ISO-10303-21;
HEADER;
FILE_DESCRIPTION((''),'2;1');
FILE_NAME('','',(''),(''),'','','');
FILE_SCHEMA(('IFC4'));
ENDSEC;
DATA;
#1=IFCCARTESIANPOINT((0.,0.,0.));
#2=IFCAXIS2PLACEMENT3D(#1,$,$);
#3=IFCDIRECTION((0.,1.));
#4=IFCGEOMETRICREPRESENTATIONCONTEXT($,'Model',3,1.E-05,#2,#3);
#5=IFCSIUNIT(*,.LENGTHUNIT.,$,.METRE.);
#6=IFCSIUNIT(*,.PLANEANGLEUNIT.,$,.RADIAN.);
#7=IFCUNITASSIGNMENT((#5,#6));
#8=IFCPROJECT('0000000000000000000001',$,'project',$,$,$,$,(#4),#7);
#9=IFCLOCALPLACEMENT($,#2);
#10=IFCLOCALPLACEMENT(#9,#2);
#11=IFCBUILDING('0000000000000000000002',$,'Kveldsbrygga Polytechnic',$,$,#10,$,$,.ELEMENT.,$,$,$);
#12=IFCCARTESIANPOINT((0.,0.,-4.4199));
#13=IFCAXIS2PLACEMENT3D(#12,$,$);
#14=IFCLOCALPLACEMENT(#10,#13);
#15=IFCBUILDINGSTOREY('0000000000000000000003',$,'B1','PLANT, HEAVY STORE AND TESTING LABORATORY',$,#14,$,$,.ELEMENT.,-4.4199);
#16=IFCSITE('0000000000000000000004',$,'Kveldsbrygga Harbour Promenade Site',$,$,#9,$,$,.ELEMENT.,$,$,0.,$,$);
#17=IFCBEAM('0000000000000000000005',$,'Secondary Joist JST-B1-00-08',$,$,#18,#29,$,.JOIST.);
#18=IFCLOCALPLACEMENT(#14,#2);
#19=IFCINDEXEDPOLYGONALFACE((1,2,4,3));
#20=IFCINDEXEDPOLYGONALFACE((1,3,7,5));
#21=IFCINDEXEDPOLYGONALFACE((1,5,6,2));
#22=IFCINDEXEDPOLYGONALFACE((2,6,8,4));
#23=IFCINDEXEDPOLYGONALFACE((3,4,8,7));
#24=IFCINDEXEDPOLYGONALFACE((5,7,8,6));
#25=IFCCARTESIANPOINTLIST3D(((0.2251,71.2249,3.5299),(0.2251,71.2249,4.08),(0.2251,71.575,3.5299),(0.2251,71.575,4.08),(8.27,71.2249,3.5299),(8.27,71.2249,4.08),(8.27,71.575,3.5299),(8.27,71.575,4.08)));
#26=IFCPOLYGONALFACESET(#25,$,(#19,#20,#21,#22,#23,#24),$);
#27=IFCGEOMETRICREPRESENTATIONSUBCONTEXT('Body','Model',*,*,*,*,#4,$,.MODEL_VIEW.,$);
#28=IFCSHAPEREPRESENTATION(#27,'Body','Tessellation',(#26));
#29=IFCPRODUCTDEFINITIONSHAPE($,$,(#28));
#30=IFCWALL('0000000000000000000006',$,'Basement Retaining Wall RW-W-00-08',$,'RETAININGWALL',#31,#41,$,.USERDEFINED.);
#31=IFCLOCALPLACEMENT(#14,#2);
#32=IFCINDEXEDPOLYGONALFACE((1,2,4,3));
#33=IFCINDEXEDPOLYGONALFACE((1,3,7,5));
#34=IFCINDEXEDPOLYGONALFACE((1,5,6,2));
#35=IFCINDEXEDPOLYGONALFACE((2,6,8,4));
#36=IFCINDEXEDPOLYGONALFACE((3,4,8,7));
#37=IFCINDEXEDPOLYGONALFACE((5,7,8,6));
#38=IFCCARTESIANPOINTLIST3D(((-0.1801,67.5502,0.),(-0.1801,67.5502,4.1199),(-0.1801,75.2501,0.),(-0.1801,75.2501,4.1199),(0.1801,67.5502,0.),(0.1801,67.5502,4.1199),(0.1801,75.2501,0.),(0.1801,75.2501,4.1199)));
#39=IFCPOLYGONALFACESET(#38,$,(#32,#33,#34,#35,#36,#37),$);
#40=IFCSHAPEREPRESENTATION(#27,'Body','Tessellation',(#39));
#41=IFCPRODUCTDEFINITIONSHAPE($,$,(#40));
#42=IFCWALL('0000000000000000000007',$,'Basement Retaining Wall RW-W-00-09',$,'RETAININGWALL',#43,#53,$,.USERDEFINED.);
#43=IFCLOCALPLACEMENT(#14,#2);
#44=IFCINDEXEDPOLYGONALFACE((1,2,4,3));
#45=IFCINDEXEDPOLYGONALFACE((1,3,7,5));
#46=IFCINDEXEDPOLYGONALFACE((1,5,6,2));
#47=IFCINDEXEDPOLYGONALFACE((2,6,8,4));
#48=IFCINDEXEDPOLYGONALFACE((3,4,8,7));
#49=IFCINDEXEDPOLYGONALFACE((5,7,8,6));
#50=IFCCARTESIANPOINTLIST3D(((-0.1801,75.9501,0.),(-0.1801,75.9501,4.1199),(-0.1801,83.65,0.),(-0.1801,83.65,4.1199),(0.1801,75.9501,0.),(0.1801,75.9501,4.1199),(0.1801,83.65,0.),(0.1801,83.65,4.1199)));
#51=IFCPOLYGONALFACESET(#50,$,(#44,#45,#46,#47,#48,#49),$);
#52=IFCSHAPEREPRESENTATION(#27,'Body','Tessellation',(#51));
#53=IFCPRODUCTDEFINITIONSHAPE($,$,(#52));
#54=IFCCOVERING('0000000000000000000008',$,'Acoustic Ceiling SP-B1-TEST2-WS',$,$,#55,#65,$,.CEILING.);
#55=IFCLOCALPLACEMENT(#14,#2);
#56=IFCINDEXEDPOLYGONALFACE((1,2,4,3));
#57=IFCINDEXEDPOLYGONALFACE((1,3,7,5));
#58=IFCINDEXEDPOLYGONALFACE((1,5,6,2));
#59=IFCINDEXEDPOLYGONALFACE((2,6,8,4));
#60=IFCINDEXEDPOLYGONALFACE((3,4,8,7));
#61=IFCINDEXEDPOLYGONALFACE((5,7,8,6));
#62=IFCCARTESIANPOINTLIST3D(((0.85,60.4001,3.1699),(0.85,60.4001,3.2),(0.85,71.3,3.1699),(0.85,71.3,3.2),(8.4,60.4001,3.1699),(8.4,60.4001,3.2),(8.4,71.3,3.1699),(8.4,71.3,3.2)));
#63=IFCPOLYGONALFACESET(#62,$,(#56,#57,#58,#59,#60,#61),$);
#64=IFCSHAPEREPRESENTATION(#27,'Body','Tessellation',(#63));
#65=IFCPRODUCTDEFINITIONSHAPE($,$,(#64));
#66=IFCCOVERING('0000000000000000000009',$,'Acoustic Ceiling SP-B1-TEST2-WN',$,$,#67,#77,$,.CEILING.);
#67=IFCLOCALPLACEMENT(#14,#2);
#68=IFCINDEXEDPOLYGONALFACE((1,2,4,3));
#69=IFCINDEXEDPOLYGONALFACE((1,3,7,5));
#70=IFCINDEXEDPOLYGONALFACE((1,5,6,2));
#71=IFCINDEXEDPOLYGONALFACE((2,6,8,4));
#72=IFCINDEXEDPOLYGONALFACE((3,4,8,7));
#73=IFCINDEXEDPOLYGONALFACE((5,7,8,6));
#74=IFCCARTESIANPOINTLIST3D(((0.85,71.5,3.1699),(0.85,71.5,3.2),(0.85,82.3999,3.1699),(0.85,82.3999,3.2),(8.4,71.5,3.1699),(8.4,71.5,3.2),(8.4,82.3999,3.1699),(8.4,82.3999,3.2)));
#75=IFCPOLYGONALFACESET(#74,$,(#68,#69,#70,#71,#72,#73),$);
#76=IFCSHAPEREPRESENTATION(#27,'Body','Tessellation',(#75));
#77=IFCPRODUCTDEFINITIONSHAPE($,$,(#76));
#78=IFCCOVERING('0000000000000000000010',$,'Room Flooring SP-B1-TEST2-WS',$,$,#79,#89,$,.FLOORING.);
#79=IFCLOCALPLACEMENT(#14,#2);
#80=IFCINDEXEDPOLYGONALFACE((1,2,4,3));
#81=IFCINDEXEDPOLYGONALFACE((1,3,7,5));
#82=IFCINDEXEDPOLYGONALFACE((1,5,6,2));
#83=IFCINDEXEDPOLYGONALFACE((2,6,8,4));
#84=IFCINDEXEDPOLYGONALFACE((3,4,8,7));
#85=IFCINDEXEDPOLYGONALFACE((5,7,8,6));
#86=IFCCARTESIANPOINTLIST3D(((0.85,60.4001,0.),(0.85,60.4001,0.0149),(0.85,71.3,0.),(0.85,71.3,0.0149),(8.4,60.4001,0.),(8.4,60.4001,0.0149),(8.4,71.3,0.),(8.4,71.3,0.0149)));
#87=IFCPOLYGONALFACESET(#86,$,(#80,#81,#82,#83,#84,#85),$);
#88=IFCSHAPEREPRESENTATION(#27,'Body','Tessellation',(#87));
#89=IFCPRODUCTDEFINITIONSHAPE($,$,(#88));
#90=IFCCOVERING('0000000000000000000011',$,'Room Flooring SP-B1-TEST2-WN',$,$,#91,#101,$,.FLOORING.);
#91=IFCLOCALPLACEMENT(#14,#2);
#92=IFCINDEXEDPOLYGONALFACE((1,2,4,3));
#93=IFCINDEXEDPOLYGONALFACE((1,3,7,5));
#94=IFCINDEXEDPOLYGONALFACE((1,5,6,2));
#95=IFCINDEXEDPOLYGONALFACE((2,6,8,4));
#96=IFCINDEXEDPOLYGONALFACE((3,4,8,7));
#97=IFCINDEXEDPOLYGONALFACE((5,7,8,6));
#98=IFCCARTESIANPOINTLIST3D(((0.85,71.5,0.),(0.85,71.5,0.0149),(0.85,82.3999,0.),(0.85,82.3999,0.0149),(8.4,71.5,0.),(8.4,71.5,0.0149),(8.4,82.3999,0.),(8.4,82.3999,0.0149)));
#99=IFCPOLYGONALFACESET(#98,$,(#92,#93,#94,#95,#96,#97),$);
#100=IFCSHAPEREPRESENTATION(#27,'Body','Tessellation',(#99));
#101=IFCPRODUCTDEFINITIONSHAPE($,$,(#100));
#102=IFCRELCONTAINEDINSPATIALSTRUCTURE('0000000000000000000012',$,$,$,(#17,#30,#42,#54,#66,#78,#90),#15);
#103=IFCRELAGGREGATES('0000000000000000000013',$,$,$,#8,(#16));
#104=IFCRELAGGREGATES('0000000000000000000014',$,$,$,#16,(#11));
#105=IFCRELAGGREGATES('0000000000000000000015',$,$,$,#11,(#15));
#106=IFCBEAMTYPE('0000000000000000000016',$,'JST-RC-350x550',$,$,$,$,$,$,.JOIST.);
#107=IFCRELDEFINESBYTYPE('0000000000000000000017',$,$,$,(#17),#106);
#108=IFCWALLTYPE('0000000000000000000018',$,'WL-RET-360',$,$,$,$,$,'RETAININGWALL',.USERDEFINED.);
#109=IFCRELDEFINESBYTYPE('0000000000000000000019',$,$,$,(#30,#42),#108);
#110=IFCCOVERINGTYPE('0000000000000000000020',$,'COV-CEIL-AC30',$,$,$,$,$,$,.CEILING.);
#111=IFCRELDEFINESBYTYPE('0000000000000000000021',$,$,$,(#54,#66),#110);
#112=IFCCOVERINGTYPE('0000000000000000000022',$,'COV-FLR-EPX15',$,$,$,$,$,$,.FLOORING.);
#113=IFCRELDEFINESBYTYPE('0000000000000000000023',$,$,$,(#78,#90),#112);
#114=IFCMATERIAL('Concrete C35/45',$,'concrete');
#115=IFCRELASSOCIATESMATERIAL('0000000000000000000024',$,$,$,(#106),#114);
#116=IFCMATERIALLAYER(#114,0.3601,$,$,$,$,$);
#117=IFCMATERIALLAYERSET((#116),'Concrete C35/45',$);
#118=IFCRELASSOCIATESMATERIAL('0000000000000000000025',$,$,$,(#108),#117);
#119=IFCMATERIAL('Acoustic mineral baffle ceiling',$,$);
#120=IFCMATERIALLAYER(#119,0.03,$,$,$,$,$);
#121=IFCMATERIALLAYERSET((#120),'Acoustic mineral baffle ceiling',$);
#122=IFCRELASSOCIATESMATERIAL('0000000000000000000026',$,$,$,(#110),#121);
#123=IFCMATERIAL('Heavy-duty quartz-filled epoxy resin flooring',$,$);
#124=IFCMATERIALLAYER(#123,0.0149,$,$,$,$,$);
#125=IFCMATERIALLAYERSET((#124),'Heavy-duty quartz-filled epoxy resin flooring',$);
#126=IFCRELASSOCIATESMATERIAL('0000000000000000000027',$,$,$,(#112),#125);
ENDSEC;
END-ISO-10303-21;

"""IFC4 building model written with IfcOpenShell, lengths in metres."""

from ifc_helpers import new_model, si_unit, direction, frame, frame_2d, origin, origin_2d, place, context, subcontext, project, spatial, rectangle, extrude, material, layer, layer_set, material_profile, profile_set, type_object, element, save


model = new_model("IFC4")

# Units and contexts
model_context = context("Model", 3, precision=1e-05, world=origin(), true_north=direction((0.0, 1.0)))
body_context = subcontext(model_context, "Body", "Model", "MODEL_VIEW")
ifc_project = project(units=[si_unit("LENGTHUNIT", "METRE"), si_unit("PLANEANGLEUNIT", "RADIAN")], contexts=[model_context])

# Site, building, storey
site_placement = place(None, origin())
site = spatial("IfcSite", under=ifc_project, at=site_placement, Name="Kveldsbrygga Harbour Promenade Site", CompositionType="ELEMENT", RefElevation=0.0)
building_placement = place(site_placement, origin())
building = spatial("IfcBuilding", under=site, at=building_placement, Name="Kveldsbrygga Polytechnic", CompositionType="ELEMENT")
storey_placement = place(building_placement, frame((0.0, 0.0, -4.4199)))
storey = spatial("IfcBuildingStorey", under=building, at=storey_placement, Name="B1", Description="PLANT, HEAVY STORE AND TESTING LABORATORY", CompositionType="ELEMENT", Elevation=-4.4199)

# Shared definitions
ifc_material_1 = material(Name="Concrete C35/45", Category="concrete")

# Beam
ifc_material_profile_1 = material_profile(ifc_material_1, rectangle(XDim=0.3501, YDim=0.55, at=origin_2d()), Name="RC 350x550")
ifc_profile_set_1 = profile_set([ifc_material_profile_1], Name="Concrete C35/45")
beam_type_1 = type_object("IfcBeamType", Name="JST-RC-350x550", PredefinedType="JOIST", material=ifc_profile_set_1)
beam_1_placement = place(storey_placement, frame((0.2251, 71.3999, 3.8049), z_axis=(1.0, 0.0, 0.0), x_axis=(0.0, 1.0, 0.0)))
element("IfcBeam", 1, at=beam_1_placement, inside=storey, type_object=beam_type_1, Name="Secondary Joist JST-B1-00-08", PredefinedType="JOIST", context=body_context, shape_type="SweptSolid", body=[
    extrude(rectangle(XDim=0.3501, YDim=0.55, at=origin_2d()), origin(), (0.0, 0.0, 1.0), 8.0449),
])

# Walls
ifc_layer_1 = layer(ifc_material_1, 0.3601)
ifc_layer_set_1 = layer_set([ifc_layer_1], Name="Concrete C35/45")
wall_type = type_object("IfcWallType", Name="WL-RET-360", ElementType="RETAININGWALL", PredefinedType="USERDEFINED", material=ifc_layer_set_1)
for number, where, z_axis, x_axis, name in (
    (2, (0.0, 67.55, 0.0), (0.0, 0.0, 1.0), (0.0, 1.0, 0.0), "Basement Retaining Wall RW-W-00-08"),
    (3, (0.0, 75.95, 0.0), (0.0, 0.0, 1.0), (0.0, 1.0, 0.0), "Basement Retaining Wall RW-W-00-09"),
):
    element("IfcWall", number, at=place(storey_placement, frame(where, z_axis=z_axis, x_axis=x_axis)), inside=storey, type_object=wall_type, Name=name, ObjectType="RETAININGWALL", PredefinedType="USERDEFINED", context=body_context, shape_type="SweptSolid", body=[
        extrude(rectangle(XDim=7.7, YDim=0.3601, at=frame_2d((3.8501, 0.0))), origin(), (0.0, 0.0, 1.0), 4.1199),
    ])

# Coverings
ifc_material_2 = material(Name="Acoustic mineral baffle ceiling")
ifc_layer_2 = layer(ifc_material_2, 0.03)
ifc_layer_set_2 = layer_set([ifc_layer_2], Name="Acoustic mineral baffle ceiling")
covering_type_1 = type_object("IfcCoveringType", Name="COV-CEIL-AC30", PredefinedType="CEILING", material=ifc_layer_set_2)
for number, where, z_axis, x_axis, name in (
    (4, (4.625, 65.8501, 3.1699), (0.0, 0.0, 1.0), (1.0, 0.0, 0.0), "Acoustic Ceiling SP-B1-TEST2-WS"),
    (5, (4.625, 76.95, 3.1699), (0.0, 0.0, 1.0), (1.0, 0.0, 0.0), "Acoustic Ceiling SP-B1-TEST2-WN"),
):
    element("IfcCovering", number, at=place(storey_placement, frame(where, z_axis=z_axis, x_axis=x_axis)), inside=storey, type_object=covering_type_1, Name=name, PredefinedType="CEILING", context=body_context, shape_type="SweptSolid", body=[
        extrude(rectangle(XDim=7.55, YDim=10.8999, at=origin_2d()), origin(), (0.0, 0.0, 1.0), 0.03),
    ])
ifc_material_3 = material(Name="Heavy-duty quartz-filled epoxy resin flooring")
ifc_layer_3 = layer(ifc_material_3, 0.0149)
ifc_layer_set_3 = layer_set([ifc_layer_3], Name="Heavy-duty quartz-filled epoxy resin flooring")
covering_type_2 = type_object("IfcCoveringType", Name="COV-FLR-EPX15", PredefinedType="FLOORING", material=ifc_layer_set_3)
for number, where, z_axis, x_axis, name in (
    (6, (4.625, 65.8501, 0.0), (0.0, 0.0, 1.0), (1.0, 0.0, 0.0), "Room Flooring SP-B1-TEST2-WS"),
    (7, (4.625, 76.95, 0.0), (0.0, 0.0, 1.0), (1.0, 0.0, 0.0), "Room Flooring SP-B1-TEST2-WN"),
):
    element("IfcCovering", number, at=place(storey_placement, frame(where, z_axis=z_axis, x_axis=x_axis)), inside=storey, type_object=covering_type_2, Name=name, PredefinedType="FLOORING", context=body_context, shape_type="SweptSolid", body=[
        extrude(rectangle(XDim=7.55, YDim=10.8999, at=origin_2d()), origin(), (0.0, 0.0, 1.0), 0.0149),
    ])

save(model, "model.ifc")
